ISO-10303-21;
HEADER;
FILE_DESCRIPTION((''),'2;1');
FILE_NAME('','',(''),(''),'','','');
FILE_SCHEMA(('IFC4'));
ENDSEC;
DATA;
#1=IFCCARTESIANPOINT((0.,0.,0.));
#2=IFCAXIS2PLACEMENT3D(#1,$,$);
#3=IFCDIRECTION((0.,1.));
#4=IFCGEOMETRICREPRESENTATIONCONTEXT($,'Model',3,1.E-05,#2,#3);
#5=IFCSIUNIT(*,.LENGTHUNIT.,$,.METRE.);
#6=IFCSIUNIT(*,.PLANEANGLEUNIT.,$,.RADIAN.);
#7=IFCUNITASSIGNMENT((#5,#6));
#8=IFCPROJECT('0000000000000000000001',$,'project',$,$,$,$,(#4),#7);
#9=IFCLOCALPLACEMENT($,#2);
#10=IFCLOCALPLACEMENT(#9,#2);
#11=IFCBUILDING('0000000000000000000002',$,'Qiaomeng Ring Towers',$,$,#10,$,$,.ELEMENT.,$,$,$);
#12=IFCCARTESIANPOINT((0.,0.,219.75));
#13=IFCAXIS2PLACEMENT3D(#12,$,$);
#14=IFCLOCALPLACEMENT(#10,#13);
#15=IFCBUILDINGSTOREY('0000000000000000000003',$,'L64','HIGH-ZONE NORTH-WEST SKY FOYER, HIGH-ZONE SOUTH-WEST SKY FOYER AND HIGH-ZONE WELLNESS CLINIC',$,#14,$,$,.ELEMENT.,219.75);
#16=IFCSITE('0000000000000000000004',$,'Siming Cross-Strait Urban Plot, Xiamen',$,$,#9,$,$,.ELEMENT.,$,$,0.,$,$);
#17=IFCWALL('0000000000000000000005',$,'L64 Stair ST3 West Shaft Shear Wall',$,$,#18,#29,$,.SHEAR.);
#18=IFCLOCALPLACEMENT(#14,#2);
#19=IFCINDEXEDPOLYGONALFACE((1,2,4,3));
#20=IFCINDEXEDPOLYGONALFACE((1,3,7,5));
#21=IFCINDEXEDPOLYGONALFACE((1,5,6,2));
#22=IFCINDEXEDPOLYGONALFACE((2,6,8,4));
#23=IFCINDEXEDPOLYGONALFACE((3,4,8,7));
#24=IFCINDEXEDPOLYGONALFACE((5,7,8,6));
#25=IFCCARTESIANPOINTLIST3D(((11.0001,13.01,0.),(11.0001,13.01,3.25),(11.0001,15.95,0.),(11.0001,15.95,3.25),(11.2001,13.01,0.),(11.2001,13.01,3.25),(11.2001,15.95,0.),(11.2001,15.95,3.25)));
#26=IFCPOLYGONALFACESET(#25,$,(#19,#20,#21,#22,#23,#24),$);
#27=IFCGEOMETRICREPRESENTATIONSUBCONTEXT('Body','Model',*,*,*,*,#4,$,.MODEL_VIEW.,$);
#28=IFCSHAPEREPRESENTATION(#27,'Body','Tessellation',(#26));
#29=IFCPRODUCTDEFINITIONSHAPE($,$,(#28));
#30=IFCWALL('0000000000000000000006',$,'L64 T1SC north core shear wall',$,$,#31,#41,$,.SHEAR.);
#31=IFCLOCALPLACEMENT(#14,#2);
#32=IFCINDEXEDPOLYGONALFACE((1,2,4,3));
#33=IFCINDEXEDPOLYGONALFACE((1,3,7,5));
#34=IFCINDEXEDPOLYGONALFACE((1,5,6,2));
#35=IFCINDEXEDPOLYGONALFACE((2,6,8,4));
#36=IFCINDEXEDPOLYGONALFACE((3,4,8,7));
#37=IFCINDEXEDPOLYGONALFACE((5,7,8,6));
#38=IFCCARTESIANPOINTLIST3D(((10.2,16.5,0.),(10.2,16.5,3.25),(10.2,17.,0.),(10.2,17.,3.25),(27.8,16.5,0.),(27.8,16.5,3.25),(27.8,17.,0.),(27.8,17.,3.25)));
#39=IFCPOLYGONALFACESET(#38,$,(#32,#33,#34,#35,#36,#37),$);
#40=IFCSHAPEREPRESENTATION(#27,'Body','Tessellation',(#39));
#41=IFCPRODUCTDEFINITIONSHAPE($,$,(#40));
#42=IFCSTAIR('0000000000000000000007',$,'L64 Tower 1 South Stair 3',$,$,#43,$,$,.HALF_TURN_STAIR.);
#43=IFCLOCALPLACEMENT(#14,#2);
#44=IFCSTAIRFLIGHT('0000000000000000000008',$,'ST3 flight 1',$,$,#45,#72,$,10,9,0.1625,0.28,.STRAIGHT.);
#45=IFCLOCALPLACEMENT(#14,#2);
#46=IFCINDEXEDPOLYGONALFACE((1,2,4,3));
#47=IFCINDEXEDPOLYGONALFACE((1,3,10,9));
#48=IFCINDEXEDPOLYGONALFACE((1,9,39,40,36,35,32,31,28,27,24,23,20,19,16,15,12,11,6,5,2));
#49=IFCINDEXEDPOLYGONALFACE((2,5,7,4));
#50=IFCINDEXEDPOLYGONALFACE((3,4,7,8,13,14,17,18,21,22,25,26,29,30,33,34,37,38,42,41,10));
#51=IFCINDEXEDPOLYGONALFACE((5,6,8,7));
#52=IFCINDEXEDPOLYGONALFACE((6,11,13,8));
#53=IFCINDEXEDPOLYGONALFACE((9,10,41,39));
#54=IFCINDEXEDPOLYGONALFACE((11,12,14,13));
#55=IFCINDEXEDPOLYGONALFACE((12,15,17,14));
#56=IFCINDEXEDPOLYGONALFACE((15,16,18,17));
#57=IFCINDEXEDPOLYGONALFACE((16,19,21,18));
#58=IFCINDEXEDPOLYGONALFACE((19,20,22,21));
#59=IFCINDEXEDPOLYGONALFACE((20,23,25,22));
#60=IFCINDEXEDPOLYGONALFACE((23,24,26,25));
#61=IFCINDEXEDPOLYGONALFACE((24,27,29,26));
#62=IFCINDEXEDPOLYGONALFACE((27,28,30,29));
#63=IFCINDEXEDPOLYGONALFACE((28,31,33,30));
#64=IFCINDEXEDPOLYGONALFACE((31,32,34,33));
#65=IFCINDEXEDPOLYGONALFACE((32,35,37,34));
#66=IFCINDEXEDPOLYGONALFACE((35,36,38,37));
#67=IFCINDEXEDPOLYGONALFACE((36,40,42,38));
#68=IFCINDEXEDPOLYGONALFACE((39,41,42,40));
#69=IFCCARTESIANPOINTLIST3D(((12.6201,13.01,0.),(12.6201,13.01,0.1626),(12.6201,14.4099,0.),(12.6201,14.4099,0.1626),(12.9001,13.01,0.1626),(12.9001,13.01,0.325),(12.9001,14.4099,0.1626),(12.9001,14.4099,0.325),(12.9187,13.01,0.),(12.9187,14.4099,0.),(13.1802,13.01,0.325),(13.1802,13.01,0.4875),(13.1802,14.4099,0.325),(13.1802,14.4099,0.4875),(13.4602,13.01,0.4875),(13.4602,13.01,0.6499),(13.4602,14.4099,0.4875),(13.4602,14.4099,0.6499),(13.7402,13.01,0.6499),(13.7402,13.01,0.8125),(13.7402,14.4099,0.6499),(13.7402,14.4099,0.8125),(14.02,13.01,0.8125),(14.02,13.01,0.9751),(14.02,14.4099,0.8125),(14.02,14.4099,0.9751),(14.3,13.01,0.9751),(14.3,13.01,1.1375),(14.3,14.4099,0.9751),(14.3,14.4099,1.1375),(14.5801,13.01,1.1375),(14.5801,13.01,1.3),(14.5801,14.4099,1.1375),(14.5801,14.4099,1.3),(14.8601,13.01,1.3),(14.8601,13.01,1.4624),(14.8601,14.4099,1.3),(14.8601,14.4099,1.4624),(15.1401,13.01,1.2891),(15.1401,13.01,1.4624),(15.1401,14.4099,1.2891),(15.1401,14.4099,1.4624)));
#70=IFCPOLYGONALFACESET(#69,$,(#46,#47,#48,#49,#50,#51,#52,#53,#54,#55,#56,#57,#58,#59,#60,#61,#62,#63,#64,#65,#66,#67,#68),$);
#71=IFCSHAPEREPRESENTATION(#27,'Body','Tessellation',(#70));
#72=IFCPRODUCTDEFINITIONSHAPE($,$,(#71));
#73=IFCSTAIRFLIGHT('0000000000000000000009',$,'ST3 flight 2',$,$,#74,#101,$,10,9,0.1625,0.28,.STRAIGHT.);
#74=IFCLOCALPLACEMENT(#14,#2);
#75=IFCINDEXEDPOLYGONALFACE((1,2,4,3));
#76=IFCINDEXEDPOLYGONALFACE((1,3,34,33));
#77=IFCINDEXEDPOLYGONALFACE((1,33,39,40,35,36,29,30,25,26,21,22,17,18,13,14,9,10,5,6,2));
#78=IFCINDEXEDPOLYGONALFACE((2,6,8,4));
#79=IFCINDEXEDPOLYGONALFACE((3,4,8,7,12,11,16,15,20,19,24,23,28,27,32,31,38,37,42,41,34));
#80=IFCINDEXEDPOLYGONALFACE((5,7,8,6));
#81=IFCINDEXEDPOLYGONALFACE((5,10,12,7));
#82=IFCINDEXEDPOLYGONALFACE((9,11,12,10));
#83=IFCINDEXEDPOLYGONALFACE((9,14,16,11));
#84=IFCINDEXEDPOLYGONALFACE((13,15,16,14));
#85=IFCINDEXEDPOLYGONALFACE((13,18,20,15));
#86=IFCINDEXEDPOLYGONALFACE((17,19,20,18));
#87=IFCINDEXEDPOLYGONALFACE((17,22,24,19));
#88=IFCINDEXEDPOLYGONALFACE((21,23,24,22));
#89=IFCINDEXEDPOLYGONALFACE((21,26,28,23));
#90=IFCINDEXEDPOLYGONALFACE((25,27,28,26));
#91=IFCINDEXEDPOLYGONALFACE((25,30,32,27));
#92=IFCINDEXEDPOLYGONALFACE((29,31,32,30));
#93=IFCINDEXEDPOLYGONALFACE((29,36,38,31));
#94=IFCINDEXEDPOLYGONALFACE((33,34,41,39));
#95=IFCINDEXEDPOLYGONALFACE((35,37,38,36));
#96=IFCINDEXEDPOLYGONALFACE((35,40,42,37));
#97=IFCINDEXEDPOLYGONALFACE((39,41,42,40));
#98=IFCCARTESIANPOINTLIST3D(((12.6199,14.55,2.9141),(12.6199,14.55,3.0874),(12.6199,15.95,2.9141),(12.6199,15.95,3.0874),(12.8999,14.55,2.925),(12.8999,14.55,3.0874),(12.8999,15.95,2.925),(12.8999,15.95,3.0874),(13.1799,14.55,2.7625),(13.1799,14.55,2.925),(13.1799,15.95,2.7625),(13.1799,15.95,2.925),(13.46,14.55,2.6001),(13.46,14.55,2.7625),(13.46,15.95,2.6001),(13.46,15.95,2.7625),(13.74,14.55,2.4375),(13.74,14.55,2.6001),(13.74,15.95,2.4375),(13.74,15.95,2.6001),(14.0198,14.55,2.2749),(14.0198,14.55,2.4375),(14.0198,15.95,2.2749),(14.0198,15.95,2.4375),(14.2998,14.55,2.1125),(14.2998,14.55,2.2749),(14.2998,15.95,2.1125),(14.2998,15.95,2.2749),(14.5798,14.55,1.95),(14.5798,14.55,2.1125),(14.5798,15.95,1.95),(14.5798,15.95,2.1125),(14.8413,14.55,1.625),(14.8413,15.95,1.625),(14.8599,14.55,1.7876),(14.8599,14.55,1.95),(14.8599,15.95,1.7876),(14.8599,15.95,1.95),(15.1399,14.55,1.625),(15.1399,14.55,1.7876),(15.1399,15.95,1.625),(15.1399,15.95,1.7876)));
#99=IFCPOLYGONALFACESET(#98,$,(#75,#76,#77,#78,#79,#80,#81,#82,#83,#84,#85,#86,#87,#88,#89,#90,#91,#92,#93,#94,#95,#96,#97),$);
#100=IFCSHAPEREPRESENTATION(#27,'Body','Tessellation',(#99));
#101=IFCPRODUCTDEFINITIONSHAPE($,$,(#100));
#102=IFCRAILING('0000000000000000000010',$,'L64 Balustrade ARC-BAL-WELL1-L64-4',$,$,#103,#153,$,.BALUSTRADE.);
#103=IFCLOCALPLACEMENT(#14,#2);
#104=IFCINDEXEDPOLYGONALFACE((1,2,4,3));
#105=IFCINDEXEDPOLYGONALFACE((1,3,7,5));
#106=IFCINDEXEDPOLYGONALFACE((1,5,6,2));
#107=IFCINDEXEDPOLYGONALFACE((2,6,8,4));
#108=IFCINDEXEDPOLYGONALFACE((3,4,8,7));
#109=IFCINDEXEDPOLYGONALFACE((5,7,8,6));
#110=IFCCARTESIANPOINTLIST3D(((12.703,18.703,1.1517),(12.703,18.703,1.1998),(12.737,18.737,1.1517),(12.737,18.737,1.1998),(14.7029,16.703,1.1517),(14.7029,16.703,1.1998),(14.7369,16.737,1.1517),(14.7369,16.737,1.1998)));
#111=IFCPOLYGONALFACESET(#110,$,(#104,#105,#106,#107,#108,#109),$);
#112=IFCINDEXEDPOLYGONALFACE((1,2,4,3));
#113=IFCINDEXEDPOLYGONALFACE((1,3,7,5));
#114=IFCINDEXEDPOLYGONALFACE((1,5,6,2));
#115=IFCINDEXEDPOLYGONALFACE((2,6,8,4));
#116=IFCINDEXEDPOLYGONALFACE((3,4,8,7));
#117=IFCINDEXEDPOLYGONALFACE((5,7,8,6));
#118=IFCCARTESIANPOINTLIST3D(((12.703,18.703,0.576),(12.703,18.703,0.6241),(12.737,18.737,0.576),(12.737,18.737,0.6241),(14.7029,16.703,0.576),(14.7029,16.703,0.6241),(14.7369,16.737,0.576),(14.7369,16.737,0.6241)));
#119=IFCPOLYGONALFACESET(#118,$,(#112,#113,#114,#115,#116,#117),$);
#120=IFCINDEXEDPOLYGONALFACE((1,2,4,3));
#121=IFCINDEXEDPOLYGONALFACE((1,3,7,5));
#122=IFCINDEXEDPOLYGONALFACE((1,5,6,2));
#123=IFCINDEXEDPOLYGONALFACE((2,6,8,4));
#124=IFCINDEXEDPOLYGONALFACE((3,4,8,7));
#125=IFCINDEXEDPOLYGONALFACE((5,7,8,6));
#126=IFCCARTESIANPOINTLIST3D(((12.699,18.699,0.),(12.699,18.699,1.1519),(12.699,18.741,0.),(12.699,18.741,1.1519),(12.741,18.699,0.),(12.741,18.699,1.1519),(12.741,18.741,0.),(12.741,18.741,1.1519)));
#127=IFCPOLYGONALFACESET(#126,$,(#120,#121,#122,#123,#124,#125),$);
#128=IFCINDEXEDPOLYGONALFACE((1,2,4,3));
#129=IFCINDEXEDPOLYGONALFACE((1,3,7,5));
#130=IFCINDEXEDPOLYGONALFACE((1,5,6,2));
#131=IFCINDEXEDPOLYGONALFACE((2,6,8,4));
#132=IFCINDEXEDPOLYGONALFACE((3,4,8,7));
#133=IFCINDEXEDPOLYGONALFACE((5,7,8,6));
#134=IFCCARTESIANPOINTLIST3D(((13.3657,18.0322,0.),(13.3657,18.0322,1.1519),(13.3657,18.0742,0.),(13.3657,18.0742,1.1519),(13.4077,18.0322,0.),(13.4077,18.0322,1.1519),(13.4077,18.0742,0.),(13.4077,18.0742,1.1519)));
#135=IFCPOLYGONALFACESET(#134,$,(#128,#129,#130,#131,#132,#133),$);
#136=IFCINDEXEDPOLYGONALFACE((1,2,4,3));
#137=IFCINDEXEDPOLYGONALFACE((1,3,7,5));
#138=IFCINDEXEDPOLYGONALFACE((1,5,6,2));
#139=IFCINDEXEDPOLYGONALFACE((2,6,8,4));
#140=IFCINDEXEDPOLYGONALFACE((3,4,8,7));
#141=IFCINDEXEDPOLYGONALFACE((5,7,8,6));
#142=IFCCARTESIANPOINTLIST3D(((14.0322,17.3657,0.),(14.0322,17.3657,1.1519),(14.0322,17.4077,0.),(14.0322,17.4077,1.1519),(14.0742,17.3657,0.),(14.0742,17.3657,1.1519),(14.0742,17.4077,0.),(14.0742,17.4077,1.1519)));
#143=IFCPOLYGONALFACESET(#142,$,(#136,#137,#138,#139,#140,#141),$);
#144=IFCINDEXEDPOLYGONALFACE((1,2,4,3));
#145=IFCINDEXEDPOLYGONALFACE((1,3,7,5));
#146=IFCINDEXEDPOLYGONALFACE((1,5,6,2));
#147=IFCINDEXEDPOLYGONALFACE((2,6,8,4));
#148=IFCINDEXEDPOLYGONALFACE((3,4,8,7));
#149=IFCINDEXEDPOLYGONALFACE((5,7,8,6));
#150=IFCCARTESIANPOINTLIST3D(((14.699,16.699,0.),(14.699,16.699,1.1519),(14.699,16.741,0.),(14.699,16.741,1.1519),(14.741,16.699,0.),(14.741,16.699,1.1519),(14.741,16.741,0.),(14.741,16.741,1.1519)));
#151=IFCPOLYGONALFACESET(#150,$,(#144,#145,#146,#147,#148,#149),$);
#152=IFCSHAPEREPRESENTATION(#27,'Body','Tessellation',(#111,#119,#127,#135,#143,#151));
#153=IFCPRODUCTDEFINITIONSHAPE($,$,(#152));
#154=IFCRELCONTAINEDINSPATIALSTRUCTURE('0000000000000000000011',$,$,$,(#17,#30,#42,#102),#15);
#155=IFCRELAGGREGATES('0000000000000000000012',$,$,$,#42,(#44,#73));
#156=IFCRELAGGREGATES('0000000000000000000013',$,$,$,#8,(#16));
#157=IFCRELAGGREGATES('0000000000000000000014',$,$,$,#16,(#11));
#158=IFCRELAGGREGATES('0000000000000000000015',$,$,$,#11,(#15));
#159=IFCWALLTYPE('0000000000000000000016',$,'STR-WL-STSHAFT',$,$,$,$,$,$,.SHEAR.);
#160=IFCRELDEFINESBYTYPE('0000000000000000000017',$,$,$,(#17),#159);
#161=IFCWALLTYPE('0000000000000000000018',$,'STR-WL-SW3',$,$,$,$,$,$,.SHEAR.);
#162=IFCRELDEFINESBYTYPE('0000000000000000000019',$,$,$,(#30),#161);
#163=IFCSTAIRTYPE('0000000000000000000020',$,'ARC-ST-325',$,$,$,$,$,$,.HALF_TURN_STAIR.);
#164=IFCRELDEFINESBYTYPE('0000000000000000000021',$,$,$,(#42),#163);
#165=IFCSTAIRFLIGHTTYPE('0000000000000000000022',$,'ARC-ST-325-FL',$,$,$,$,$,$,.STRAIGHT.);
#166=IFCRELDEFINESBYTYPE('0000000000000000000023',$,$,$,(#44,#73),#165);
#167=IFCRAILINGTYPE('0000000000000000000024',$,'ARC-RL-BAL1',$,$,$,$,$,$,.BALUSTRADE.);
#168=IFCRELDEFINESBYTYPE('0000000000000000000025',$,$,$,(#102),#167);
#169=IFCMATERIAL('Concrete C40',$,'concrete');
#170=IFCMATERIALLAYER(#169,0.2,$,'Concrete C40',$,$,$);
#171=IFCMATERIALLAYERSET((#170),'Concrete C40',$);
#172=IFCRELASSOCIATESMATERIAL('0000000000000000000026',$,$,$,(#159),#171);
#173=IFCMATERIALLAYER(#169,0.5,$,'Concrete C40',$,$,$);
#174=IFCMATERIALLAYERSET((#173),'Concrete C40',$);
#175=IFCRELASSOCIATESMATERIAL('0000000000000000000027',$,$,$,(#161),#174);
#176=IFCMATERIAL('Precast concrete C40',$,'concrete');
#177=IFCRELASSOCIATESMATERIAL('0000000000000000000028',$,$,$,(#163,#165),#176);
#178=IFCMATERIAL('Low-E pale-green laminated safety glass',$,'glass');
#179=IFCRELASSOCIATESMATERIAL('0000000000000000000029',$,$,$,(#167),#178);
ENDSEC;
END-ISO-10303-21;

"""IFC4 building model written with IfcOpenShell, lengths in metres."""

from ifc_helpers import new_model, si_unit, direction, frame, frame_2d, origin, origin_2d, place, context, subcontext, project, spatial, polyline, rectangle, outline, extrude, source, transform, mapped, material, layer, layer_set, type_object, element, aggregate, save


model = new_model("IFC4")

# Units and contexts
model_context = context("Model", 3, precision=1e-05, world=origin(), true_north=direction((0.0, 1.0)))
body_context = subcontext(model_context, "Body", "Model", "MODEL_VIEW")
ifc_project = project(units=[si_unit("LENGTHUNIT", "METRE"), si_unit("PLANEANGLEUNIT", "RADIAN")], contexts=[model_context])

# Site, building, storey
site_placement = place(None, origin())
site = spatial("IfcSite", under=ifc_project, at=site_placement, Name="Siming Cross-Strait Urban Plot, Xiamen", CompositionType="ELEMENT", RefElevation=0.0)
building_placement = place(site_placement, origin())
building = spatial("IfcBuilding", under=site, at=building_placement, Name="Qiaomeng Ring Towers", CompositionType="ELEMENT")
storey_placement = place(building_placement, frame((0.0, 0.0, 219.75)))
storey = spatial("IfcBuildingStorey", under=building, at=storey_placement, Name="L64", Description="HIGH-ZONE NORTH-WEST SKY FOYER, HIGH-ZONE SOUTH-WEST SKY FOYER AND HIGH-ZONE WELLNESS CLINIC", CompositionType="ELEMENT", Elevation=219.75)

# Shared definitions
ifc_material_1 = material(Name="Concrete C40", Category="concrete")

# Shared definitions
ifc_layer_1 = layer(ifc_material_1, 0.2, Name="Concrete C40")
ifc_layer_set_1 = layer_set([ifc_layer_1], Name="Concrete C40")
wall_type_1 = type_object("IfcWallType", Name="STR-WL-STSHAFT", PredefinedType="SHEAR", material=ifc_layer_set_1)

# Walls
wall_1_placement = place(storey_placement, frame((11.1001, 13.01, 0.0), z_axis=(0.0, 0.0, 1.0), x_axis=(0.0, 1.0, 0.0)))
element("IfcWall", 1, at=wall_1_placement, inside=storey, type_object=wall_type_1, Name="L64 Stair ST3 West Shaft Shear Wall", PredefinedType="SHEAR", context=body_context, shape_type="SweptSolid", body=[
    extrude(rectangle(XDim=2.9399, YDim=0.2, at=frame_2d((1.47, 0.0))), origin(), (0.0, 0.0, 1.0), 3.25),
])
ifc_layer_2 = layer(ifc_material_1, 0.5, Name="Concrete C40")
ifc_layer_set_2 = layer_set([ifc_layer_2], Name="Concrete C40")
wall_type_2 = type_object("IfcWallType", Name="STR-WL-SW3", PredefinedType="SHEAR", material=ifc_layer_set_2)
wall_2_placement = place(storey_placement, frame((10.2, 16.75, 0.0), z_axis=(0.0, 0.0, 1.0), x_axis=(1.0, 0.0, 0.0)))
element("IfcWall", 2, at=wall_2_placement, inside=storey, type_object=wall_type_2, Name="L64 T1SC north core shear wall", PredefinedType="SHEAR", context=body_context, shape_type="SweptSolid", body=[
    extrude(rectangle(XDim=17.6001, YDim=0.5, at=frame_2d((8.8, 0.0))), origin(), (0.0, 0.0, 1.0), 3.25),
])

# Stair, stair flights
ifc_material_2 = material(Name="Precast concrete C40", Category="concrete")
stair_type = type_object("IfcStairType", Name="ARC-ST-325", PredefinedType="HALF_TURN_STAIR", material=ifc_material_2)
stair_placement = place(storey_placement, origin())
stair = element("IfcStair", 3, at=stair_placement, inside=storey, type_object=stair_type, Name="L64 Tower 1 South Stair 3", PredefinedType="HALF_TURN_STAIR")
stair_flight_type = type_object("IfcStairFlightType", Name="ARC-ST-325-FL", PredefinedType="STRAIGHT", material=ifc_material_2)
shared_shape_1 = source(origin(), body_context, "Body", "SweptSolid", [
    extrude(outline(polyline([(0.0, 0.0), (0.0, 0.1626), (0.28, 0.1626), (0.28, 0.325), (0.5601, 0.325), (0.5601, 0.4875), (0.8401, 0.4875), (0.8401, 0.6499), (1.1201, 0.6499), (1.1201, 0.8125), (1.3999, 0.8125), (1.3999, 0.9751), (1.6799, 0.9751), (1.6799, 1.1375), (1.96, 1.1375), (1.96, 1.3), (2.24, 1.3), (2.24, 1.4624), (2.52, 1.4624), (2.52, 1.625), (2.52, 1.2891), (0.2986, 0.0), (0.0, 0.0)])), frame((0.0, 0.7, 0.0), z_axis=(0.0, -1.0, 0.0), x_axis=(1.0, 0.0, 0.0)), (0.0, 0.0, 1.0), 1.3999),
])
stair_flight_1_placement = place(storey_placement, frame((12.6201, 13.71, 0.0), z_axis=(0.0, 0.0, 1.0), x_axis=(1.0, 0.0, 0.0)))
stair_flight_1 = element("IfcStairFlight", 4, at=stair_flight_1_placement, type_object=stair_flight_type, Name="ST3 flight 1", NumberOfRisers=10, NumberOfTreads=9, PredefinedType="STRAIGHT", RiserHeight=0.1625, TreadLength=0.28, context=body_context, shape_type="MappedRepresentation", body=[
    mapped(shared_shape_1, transform((0.0, 0.0, 0.0), x_axis=(1.0, 0.0, 0.0), y_axis=(0.0, 1.0, 0.0), z_axis=(0.0, 0.0, 1.0), scale=1.0)),
])
stair_flight_2_placement = place(storey_placement, frame((15.1399, 15.25, 1.625), z_axis=(0.0, 0.0, 1.0), x_axis=(-1.0, 0.0, 0.0)))
stair_flight_2 = element("IfcStairFlight", 5, at=stair_flight_2_placement, type_object=stair_flight_type, Name="ST3 flight 2", NumberOfRisers=10, NumberOfTreads=9, PredefinedType="STRAIGHT", RiserHeight=0.1625, TreadLength=0.28, context=body_context, shape_type="MappedRepresentation", body=[
    mapped(shared_shape_1, transform((0.0, 0.0, 0.0), x_axis=(1.0, 0.0, 0.0), y_axis=(0.0, 1.0, 0.0), z_axis=(0.0, 0.0, 1.0), scale=1.0)),
])
aggregate(stair, [stair_flight_1, stair_flight_2])

# Railing
ifc_material_3 = material(Name="Low-E pale-green laminated safety glass", Category="glass")
railing_type_1 = type_object("IfcRailingType", Name="ARC-RL-BAL1", PredefinedType="BALUSTRADE", material=ifc_material_3)
railing_1_placement = place(storey_placement, frame((12.72, 18.72, 0.0)))
element("IfcRailing", 6, at=railing_1_placement, inside=storey, type_object=railing_type_1, Name="L64 Balustrade ARC-BAL-WELL1-L64-4", PredefinedType="BALUSTRADE", context=body_context, shape_type="SweptSolid", body=[
    extrude(rectangle(XDim=0.0481, YDim=0.0481, at=origin_2d()), frame((0.0, 0.0, 1.1758), z_axis=(0.707107, -0.707107, 0.0), x_axis=(0.707107, 0.707107, 0.0)), (0.0, 0.0, 1.0), 2.8284),
    extrude(rectangle(XDim=0.0481, YDim=0.0481, at=origin_2d()), frame((0.0, 0.0, 0.6001), z_axis=(0.707107, -0.707107, 0.0), x_axis=(0.707107, 0.707107, 0.0)), (0.0, 0.0, 1.0), 2.8284),
    extrude(rectangle(XDim=0.042, YDim=0.042, at=origin_2d()), origin(), (0.0, 0.0, 1.0), 1.1519),
    extrude(rectangle(XDim=0.042, YDim=0.042, at=origin_2d()), frame((0.6667, -0.6667, 0.0)), (0.0, 0.0, 1.0), 1.1519),
    extrude(rectangle(XDim=0.042, YDim=0.042, at=origin_2d()), frame((1.3333, -1.3333, 0.0)), (0.0, 0.0, 1.0), 1.1519),
    extrude(rectangle(XDim=0.042, YDim=0.042, at=origin_2d()), frame((2.0, -2.0, 0.0)), (0.0, 0.0, 1.0), 1.1519),
])

save(model, "model.ifc")
